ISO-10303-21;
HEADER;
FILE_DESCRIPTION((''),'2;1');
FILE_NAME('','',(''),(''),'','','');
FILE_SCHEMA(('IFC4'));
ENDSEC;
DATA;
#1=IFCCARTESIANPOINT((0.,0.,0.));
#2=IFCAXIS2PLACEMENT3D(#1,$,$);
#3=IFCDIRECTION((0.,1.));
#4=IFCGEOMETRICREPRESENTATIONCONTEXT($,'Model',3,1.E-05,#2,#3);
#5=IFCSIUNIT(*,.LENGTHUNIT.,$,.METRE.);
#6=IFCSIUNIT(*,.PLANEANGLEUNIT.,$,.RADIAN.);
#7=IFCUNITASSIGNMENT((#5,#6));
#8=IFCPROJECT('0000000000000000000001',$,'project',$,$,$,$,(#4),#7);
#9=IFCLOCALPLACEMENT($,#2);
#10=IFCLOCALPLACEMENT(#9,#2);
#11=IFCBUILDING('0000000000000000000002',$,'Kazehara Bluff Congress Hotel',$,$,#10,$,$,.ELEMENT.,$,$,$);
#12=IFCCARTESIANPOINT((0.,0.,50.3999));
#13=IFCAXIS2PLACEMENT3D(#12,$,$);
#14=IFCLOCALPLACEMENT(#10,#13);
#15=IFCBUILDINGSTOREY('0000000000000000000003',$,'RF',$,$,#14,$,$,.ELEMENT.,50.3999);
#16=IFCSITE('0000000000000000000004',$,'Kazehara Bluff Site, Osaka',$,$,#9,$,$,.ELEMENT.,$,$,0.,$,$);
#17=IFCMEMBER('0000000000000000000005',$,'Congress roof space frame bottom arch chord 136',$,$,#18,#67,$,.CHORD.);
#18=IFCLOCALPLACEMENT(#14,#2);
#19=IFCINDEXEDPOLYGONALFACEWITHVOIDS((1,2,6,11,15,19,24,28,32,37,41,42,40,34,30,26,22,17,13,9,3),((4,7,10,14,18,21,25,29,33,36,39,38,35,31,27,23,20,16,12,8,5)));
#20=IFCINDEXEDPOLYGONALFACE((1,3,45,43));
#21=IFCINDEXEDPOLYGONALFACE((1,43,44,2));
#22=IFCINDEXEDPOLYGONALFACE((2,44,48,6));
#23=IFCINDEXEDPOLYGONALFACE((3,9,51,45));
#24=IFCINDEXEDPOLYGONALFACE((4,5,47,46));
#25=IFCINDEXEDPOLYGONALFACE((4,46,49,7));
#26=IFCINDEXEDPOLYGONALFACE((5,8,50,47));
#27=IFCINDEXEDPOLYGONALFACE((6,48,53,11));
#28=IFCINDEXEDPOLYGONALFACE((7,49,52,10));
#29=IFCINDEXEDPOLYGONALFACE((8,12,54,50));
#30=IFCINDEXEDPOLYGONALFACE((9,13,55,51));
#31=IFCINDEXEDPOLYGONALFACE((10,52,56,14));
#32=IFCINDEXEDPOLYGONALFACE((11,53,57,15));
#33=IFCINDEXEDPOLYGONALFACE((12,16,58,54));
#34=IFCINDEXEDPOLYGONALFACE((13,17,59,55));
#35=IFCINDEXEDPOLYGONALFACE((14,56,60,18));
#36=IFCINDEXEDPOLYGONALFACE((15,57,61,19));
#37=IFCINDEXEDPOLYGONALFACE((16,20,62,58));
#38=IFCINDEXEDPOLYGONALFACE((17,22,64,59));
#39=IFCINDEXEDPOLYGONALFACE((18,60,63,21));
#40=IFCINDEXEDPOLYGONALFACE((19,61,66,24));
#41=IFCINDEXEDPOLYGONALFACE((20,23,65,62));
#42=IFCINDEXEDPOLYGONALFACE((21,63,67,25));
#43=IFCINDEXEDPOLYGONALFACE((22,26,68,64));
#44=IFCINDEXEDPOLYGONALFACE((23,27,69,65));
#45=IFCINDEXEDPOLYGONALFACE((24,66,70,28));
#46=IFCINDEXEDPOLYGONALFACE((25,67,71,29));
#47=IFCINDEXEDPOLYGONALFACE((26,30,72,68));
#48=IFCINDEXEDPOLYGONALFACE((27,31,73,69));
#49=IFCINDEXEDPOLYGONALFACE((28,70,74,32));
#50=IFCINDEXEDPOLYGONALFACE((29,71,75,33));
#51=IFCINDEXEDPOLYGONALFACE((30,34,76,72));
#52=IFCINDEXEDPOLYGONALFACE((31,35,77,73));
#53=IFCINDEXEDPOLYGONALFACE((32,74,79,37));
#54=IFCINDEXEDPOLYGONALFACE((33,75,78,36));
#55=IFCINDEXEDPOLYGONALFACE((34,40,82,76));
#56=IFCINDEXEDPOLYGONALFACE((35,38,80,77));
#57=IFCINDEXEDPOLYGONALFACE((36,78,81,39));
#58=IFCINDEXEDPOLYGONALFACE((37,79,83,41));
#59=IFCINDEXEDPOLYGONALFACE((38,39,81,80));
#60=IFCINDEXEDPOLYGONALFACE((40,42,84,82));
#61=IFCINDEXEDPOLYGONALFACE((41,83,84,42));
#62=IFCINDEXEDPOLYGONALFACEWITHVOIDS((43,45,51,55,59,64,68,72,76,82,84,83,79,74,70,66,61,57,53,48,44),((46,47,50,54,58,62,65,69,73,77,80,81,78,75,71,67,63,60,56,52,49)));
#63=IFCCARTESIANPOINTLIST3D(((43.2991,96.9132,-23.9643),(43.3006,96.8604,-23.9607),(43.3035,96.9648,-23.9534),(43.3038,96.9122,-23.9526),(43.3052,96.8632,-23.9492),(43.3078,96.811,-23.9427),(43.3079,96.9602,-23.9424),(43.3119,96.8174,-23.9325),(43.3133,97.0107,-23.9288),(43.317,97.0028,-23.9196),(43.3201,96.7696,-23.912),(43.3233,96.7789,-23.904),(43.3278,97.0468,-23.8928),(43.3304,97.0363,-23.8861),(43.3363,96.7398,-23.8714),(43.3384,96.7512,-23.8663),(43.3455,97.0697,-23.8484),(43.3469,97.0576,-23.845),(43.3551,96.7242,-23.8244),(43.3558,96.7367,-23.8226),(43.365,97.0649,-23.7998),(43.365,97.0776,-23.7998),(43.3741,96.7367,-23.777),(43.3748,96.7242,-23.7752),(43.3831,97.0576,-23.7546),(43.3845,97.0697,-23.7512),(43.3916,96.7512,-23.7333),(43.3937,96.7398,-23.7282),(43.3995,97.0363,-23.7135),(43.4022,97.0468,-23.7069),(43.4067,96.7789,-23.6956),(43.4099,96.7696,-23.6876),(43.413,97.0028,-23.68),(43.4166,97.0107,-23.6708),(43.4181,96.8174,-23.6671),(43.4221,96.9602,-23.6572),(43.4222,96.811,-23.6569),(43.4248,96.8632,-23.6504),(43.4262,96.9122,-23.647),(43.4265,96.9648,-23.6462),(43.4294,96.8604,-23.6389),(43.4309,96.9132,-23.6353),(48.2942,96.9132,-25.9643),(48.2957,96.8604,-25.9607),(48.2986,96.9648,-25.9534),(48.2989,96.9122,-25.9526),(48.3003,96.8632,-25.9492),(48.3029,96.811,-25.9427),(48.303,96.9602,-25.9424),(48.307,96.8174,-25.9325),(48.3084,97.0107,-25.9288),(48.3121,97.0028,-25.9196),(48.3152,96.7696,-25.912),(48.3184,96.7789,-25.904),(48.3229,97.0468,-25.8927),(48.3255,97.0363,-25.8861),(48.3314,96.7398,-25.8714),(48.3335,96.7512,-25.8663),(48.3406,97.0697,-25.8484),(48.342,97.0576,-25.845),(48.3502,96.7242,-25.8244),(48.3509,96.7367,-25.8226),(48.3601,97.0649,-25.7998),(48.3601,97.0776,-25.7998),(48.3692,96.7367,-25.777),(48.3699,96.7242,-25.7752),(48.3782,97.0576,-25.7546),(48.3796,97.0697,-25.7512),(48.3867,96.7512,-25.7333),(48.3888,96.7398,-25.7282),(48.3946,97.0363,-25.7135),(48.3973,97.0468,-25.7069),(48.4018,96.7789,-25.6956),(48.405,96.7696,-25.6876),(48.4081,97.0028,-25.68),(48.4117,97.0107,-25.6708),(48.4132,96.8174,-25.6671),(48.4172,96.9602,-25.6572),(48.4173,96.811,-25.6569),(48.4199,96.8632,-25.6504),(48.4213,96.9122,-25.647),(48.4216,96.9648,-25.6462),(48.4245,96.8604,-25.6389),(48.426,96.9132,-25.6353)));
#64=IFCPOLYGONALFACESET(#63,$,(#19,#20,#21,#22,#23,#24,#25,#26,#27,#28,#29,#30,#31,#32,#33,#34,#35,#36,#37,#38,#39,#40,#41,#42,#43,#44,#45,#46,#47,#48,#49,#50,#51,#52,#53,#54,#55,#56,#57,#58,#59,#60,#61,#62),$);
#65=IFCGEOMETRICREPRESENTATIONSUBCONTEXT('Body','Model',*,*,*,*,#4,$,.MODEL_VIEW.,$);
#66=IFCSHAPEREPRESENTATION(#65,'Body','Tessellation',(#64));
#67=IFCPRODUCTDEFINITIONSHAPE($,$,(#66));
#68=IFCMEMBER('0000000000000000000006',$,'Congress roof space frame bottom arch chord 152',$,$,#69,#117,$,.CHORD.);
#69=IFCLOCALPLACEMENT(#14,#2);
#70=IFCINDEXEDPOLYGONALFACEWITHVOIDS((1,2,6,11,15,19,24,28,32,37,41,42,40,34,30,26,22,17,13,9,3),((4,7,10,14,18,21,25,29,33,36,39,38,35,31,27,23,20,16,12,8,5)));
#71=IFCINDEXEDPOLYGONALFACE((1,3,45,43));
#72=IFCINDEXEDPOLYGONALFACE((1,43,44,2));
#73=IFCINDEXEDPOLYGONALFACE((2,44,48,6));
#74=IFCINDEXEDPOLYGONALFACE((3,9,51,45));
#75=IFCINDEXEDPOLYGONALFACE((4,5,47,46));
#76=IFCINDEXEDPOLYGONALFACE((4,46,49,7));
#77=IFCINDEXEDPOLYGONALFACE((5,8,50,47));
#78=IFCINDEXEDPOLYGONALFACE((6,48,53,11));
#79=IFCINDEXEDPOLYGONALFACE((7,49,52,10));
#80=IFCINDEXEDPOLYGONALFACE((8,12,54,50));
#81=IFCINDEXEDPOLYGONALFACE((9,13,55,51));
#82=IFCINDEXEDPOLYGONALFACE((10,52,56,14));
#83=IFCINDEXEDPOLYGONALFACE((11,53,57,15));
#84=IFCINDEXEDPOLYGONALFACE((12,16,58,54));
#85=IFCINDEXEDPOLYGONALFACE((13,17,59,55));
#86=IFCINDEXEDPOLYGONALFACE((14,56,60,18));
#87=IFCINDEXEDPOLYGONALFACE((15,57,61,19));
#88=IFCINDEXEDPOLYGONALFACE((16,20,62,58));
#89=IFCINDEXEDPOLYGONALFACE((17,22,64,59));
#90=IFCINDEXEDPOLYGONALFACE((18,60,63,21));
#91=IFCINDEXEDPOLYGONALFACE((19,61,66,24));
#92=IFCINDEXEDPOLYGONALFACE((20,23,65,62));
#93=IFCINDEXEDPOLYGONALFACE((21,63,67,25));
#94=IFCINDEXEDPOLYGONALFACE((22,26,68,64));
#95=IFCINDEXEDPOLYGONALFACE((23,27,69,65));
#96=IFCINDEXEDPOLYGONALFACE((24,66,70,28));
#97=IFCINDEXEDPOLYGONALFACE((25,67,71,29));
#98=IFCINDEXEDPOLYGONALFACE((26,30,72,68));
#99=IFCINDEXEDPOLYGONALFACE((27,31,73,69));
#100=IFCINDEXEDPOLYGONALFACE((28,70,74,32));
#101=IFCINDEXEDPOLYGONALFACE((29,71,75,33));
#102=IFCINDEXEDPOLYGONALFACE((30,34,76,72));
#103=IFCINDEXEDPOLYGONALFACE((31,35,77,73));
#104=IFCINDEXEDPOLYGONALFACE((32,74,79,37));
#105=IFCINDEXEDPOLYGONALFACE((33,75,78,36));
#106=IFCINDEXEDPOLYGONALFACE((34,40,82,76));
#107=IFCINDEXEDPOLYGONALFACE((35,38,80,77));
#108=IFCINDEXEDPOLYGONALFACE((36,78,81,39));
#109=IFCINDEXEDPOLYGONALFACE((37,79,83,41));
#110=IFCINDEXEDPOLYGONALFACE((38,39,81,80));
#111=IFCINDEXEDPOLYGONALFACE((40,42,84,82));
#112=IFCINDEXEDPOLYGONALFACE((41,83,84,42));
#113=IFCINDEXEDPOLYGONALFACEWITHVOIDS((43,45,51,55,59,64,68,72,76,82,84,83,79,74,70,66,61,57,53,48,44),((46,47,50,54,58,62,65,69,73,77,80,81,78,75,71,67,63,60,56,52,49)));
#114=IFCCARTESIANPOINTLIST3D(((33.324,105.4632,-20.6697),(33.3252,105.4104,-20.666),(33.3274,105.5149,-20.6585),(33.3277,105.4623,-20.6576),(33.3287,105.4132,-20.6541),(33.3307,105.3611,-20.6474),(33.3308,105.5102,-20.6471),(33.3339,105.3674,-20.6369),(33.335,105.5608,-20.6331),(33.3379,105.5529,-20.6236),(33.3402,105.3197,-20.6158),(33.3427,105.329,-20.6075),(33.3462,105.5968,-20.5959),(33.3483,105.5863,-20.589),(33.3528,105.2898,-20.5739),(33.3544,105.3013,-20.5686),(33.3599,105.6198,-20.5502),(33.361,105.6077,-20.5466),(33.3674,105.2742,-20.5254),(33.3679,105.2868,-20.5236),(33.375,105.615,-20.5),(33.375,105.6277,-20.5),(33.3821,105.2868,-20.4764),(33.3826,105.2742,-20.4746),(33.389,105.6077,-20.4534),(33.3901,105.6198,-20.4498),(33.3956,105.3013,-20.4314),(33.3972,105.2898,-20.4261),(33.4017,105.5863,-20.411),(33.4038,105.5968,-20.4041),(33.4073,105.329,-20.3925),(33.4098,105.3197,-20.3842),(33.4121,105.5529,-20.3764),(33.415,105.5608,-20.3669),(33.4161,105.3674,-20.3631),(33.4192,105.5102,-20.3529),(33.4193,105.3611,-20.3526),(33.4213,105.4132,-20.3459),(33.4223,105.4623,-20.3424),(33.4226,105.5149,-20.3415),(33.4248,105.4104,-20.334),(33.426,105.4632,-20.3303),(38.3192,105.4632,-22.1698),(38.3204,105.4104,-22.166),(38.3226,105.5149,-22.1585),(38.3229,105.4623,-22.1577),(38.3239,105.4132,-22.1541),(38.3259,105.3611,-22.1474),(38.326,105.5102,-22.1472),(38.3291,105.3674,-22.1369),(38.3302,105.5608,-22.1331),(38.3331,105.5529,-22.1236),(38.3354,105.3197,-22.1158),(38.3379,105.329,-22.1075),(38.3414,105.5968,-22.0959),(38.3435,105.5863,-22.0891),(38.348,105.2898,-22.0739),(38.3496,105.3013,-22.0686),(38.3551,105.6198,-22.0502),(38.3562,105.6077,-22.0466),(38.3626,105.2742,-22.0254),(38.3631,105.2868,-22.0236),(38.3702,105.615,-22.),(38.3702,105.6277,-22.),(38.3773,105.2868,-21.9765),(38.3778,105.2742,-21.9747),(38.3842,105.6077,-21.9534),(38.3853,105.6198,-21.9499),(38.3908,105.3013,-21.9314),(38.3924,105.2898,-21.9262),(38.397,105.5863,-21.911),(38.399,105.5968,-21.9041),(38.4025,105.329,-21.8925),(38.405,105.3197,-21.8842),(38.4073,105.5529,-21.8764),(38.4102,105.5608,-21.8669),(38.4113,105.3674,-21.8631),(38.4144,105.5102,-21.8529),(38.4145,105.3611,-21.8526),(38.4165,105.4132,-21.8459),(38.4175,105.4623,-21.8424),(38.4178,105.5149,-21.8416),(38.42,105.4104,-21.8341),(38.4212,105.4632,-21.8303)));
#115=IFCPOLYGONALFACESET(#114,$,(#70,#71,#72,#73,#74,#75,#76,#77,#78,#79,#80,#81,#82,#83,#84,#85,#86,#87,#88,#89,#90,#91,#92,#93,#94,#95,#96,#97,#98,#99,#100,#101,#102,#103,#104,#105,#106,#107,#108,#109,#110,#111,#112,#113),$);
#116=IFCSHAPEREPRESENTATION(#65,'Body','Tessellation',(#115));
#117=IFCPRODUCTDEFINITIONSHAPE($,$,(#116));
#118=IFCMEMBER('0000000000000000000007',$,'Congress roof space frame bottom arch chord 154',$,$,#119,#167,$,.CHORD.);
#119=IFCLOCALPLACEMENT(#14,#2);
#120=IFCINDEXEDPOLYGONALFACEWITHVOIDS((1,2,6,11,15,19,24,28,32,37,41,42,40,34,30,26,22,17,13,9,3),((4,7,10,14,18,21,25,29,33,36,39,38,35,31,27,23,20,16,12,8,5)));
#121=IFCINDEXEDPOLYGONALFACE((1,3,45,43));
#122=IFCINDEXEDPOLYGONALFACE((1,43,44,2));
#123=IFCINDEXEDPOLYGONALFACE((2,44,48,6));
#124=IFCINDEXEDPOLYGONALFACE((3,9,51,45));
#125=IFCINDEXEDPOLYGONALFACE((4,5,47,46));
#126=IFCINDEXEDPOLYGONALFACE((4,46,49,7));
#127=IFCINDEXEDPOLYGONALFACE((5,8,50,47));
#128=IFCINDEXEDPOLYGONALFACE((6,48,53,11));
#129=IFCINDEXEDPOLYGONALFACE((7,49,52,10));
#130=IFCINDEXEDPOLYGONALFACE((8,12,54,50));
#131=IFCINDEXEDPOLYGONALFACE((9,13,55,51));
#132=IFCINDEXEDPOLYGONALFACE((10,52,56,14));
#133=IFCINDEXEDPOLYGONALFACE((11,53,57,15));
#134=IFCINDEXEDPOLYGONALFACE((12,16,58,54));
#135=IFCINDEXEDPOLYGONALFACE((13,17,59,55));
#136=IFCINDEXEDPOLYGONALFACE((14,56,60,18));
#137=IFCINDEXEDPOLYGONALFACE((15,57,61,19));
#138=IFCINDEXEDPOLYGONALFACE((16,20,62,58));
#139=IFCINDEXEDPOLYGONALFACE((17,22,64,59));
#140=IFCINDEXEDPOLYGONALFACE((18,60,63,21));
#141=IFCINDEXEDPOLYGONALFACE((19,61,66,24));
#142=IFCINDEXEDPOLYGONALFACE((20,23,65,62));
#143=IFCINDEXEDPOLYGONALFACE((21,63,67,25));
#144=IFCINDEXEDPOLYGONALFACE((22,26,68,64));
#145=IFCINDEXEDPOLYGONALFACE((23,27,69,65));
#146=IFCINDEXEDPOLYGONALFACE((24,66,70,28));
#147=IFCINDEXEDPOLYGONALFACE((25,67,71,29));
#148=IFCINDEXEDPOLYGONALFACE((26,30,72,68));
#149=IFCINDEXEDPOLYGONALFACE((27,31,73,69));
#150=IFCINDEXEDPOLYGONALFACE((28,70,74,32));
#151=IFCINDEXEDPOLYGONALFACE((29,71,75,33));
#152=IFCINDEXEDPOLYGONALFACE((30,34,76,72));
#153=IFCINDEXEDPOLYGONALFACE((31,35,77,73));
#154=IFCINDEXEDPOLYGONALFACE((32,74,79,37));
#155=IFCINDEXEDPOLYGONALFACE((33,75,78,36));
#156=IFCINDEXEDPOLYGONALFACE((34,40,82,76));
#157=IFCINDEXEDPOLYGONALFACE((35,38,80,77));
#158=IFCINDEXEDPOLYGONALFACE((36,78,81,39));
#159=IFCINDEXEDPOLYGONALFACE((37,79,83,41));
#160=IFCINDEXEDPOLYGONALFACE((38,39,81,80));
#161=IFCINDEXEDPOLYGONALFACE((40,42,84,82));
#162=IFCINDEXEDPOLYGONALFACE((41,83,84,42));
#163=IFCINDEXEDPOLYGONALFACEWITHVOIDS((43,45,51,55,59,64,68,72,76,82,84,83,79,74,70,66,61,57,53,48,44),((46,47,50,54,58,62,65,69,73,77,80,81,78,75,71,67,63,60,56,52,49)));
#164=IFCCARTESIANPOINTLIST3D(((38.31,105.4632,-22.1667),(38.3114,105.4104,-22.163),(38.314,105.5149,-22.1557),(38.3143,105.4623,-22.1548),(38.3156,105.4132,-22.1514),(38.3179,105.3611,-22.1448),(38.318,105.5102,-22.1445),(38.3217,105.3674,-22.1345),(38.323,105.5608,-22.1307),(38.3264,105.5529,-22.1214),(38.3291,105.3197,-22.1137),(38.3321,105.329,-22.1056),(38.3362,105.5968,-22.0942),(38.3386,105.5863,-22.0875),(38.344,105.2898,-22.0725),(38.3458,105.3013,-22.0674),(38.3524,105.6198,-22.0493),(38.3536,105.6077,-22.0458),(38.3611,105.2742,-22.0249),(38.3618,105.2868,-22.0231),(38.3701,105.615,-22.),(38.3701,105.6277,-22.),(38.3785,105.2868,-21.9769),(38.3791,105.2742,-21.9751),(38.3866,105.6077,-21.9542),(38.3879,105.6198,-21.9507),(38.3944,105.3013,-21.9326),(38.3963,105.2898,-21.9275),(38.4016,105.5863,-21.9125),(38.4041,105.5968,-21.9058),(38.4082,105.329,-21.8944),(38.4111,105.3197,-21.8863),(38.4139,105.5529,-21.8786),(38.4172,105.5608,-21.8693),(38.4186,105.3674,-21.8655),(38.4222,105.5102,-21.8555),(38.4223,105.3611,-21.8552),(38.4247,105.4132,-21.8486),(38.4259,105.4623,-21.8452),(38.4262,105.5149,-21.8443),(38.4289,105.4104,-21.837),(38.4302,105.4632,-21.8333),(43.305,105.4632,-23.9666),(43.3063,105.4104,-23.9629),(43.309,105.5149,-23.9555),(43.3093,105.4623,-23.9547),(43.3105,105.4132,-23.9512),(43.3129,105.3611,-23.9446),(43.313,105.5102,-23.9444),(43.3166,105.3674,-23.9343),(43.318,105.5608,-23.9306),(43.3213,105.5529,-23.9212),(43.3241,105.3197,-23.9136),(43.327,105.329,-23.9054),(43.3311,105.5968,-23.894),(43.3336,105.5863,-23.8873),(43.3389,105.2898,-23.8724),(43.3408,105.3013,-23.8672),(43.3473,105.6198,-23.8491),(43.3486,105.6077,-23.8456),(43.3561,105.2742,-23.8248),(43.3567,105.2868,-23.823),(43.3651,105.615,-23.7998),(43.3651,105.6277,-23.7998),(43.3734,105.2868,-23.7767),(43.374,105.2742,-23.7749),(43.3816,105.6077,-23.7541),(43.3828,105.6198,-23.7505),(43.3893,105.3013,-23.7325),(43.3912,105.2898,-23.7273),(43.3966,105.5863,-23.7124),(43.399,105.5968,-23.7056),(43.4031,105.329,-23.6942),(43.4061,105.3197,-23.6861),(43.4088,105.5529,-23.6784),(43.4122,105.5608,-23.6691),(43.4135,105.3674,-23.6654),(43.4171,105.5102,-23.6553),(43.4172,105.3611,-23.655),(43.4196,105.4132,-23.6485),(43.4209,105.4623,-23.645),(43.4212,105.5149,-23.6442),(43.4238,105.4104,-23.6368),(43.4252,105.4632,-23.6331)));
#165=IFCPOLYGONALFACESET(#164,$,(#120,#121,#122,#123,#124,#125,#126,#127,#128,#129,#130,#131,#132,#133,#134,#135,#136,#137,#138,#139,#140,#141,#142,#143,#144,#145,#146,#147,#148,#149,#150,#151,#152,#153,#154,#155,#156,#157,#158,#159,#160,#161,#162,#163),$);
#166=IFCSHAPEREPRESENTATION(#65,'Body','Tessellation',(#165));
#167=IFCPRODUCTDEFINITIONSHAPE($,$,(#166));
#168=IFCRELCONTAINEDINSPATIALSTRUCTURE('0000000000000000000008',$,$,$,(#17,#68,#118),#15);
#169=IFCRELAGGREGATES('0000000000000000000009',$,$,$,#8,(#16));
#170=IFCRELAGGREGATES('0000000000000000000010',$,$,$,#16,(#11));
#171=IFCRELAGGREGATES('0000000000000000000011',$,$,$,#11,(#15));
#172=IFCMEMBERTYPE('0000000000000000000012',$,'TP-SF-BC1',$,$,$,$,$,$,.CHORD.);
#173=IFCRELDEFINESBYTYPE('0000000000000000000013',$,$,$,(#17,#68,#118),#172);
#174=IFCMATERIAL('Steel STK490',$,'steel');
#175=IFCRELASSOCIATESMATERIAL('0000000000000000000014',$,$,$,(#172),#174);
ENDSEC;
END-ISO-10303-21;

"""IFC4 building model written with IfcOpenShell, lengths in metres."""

from ifc_helpers import new_model, si_unit, direction, frame, origin, origin_2d, place, context, subcontext, project, spatial, hollow_circle, extrude, material, material_profile, profile_set, type_object, element, save


model = new_model("IFC4")

# Units and contexts
model_context = context("Model", 3, precision=1e-05, world=origin(), true_north=direction((0.0, 1.0)))
body_context = subcontext(model_context, "Body", "Model", "MODEL_VIEW")
ifc_project = project(units=[si_unit("LENGTHUNIT", "METRE"), si_unit("PLANEANGLEUNIT", "RADIAN")], contexts=[model_context])

# Site, building, storey
site_placement = place(None, origin())
site = spatial("IfcSite", under=ifc_project, at=site_placement, Name="Kazehara Bluff Site, Osaka", CompositionType="ELEMENT", RefElevation=0.0)
building_placement = place(site_placement, origin())
building = spatial("IfcBuilding", under=site, at=building_placement, Name="Kazehara Bluff Congress Hotel", CompositionType="ELEMENT")
storey_placement = place(building_placement, frame((0.0, 0.0, 50.3999)))
storey = spatial("IfcBuildingStorey", under=building, at=storey_placement, Name="RF", CompositionType="ELEMENT", Elevation=50.3999)

# Members
ifc_material_1 = material(Name="Steel STK490", Category="steel")
ifc_material_profile_1 = material_profile(ifc_material_1, hollow_circle(Radius=0.1777, WallThickness=0.0127, at=origin_2d()))
ifc_profile_set_1 = profile_set([ifc_material_profile_1], Name="Steel STK490")
member_type_1 = type_object("IfcMemberType", Name="TP-SF-BC1", PredefinedType="CHORD", material=ifc_profile_set_1)
member_1_placement = place(storey_placement, frame((43.365, 96.8999, -23.7998), z_axis=(0.928351, 0.0, -0.371704), x_axis=(0.0, 1.0, 0.0)))
element("IfcMember", 1, at=member_1_placement, inside=storey, type_object=member_type_1, Name="Congress roof space frame bottom arch chord 136", PredefinedType="CHORD", context=body_context, shape_type="SweptSolid", body=[
    extrude(hollow_circle(Radius=0.1777, WallThickness=0.0127, at=origin_2d()), origin(), (0.0, 0.0, 1.0), 5.3806),
])
member_2_placement = place(storey_placement, frame((33.375, 105.45, -20.5), z_axis=(0.957749, 0.0, -0.287606), x_axis=(0.0, 1.0, 0.0)))
element("IfcMember", 2, at=member_2_placement, inside=storey, type_object=member_type_1, Name="Congress roof space frame bottom arch chord 152", PredefinedType="CHORD", context=body_context, shape_type="SweptSolid", body=[
    extrude(hollow_circle(Radius=0.1777, WallThickness=0.0127, at=origin_2d()), origin(), (0.0, 0.0, 1.0), 5.2156),
])
member_3_placement = place(storey_placement, frame((38.3701, 105.45, -22.0), z_axis=(0.940788, 0.0, -0.338995), x_axis=(0.0, 1.0, 0.0)))
element("IfcMember", 3, at=member_3_placement, inside=storey, type_object=member_type_1, Name="Congress roof space frame bottom arch chord 154", PredefinedType="CHORD", context=body_context, shape_type="SweptSolid", body=[
    extrude(hollow_circle(Radius=0.1777, WallThickness=0.0127, at=origin_2d()), origin(), (0.0, 0.0, 1.0), 5.3093),
])

save(model, "model.ifc")
